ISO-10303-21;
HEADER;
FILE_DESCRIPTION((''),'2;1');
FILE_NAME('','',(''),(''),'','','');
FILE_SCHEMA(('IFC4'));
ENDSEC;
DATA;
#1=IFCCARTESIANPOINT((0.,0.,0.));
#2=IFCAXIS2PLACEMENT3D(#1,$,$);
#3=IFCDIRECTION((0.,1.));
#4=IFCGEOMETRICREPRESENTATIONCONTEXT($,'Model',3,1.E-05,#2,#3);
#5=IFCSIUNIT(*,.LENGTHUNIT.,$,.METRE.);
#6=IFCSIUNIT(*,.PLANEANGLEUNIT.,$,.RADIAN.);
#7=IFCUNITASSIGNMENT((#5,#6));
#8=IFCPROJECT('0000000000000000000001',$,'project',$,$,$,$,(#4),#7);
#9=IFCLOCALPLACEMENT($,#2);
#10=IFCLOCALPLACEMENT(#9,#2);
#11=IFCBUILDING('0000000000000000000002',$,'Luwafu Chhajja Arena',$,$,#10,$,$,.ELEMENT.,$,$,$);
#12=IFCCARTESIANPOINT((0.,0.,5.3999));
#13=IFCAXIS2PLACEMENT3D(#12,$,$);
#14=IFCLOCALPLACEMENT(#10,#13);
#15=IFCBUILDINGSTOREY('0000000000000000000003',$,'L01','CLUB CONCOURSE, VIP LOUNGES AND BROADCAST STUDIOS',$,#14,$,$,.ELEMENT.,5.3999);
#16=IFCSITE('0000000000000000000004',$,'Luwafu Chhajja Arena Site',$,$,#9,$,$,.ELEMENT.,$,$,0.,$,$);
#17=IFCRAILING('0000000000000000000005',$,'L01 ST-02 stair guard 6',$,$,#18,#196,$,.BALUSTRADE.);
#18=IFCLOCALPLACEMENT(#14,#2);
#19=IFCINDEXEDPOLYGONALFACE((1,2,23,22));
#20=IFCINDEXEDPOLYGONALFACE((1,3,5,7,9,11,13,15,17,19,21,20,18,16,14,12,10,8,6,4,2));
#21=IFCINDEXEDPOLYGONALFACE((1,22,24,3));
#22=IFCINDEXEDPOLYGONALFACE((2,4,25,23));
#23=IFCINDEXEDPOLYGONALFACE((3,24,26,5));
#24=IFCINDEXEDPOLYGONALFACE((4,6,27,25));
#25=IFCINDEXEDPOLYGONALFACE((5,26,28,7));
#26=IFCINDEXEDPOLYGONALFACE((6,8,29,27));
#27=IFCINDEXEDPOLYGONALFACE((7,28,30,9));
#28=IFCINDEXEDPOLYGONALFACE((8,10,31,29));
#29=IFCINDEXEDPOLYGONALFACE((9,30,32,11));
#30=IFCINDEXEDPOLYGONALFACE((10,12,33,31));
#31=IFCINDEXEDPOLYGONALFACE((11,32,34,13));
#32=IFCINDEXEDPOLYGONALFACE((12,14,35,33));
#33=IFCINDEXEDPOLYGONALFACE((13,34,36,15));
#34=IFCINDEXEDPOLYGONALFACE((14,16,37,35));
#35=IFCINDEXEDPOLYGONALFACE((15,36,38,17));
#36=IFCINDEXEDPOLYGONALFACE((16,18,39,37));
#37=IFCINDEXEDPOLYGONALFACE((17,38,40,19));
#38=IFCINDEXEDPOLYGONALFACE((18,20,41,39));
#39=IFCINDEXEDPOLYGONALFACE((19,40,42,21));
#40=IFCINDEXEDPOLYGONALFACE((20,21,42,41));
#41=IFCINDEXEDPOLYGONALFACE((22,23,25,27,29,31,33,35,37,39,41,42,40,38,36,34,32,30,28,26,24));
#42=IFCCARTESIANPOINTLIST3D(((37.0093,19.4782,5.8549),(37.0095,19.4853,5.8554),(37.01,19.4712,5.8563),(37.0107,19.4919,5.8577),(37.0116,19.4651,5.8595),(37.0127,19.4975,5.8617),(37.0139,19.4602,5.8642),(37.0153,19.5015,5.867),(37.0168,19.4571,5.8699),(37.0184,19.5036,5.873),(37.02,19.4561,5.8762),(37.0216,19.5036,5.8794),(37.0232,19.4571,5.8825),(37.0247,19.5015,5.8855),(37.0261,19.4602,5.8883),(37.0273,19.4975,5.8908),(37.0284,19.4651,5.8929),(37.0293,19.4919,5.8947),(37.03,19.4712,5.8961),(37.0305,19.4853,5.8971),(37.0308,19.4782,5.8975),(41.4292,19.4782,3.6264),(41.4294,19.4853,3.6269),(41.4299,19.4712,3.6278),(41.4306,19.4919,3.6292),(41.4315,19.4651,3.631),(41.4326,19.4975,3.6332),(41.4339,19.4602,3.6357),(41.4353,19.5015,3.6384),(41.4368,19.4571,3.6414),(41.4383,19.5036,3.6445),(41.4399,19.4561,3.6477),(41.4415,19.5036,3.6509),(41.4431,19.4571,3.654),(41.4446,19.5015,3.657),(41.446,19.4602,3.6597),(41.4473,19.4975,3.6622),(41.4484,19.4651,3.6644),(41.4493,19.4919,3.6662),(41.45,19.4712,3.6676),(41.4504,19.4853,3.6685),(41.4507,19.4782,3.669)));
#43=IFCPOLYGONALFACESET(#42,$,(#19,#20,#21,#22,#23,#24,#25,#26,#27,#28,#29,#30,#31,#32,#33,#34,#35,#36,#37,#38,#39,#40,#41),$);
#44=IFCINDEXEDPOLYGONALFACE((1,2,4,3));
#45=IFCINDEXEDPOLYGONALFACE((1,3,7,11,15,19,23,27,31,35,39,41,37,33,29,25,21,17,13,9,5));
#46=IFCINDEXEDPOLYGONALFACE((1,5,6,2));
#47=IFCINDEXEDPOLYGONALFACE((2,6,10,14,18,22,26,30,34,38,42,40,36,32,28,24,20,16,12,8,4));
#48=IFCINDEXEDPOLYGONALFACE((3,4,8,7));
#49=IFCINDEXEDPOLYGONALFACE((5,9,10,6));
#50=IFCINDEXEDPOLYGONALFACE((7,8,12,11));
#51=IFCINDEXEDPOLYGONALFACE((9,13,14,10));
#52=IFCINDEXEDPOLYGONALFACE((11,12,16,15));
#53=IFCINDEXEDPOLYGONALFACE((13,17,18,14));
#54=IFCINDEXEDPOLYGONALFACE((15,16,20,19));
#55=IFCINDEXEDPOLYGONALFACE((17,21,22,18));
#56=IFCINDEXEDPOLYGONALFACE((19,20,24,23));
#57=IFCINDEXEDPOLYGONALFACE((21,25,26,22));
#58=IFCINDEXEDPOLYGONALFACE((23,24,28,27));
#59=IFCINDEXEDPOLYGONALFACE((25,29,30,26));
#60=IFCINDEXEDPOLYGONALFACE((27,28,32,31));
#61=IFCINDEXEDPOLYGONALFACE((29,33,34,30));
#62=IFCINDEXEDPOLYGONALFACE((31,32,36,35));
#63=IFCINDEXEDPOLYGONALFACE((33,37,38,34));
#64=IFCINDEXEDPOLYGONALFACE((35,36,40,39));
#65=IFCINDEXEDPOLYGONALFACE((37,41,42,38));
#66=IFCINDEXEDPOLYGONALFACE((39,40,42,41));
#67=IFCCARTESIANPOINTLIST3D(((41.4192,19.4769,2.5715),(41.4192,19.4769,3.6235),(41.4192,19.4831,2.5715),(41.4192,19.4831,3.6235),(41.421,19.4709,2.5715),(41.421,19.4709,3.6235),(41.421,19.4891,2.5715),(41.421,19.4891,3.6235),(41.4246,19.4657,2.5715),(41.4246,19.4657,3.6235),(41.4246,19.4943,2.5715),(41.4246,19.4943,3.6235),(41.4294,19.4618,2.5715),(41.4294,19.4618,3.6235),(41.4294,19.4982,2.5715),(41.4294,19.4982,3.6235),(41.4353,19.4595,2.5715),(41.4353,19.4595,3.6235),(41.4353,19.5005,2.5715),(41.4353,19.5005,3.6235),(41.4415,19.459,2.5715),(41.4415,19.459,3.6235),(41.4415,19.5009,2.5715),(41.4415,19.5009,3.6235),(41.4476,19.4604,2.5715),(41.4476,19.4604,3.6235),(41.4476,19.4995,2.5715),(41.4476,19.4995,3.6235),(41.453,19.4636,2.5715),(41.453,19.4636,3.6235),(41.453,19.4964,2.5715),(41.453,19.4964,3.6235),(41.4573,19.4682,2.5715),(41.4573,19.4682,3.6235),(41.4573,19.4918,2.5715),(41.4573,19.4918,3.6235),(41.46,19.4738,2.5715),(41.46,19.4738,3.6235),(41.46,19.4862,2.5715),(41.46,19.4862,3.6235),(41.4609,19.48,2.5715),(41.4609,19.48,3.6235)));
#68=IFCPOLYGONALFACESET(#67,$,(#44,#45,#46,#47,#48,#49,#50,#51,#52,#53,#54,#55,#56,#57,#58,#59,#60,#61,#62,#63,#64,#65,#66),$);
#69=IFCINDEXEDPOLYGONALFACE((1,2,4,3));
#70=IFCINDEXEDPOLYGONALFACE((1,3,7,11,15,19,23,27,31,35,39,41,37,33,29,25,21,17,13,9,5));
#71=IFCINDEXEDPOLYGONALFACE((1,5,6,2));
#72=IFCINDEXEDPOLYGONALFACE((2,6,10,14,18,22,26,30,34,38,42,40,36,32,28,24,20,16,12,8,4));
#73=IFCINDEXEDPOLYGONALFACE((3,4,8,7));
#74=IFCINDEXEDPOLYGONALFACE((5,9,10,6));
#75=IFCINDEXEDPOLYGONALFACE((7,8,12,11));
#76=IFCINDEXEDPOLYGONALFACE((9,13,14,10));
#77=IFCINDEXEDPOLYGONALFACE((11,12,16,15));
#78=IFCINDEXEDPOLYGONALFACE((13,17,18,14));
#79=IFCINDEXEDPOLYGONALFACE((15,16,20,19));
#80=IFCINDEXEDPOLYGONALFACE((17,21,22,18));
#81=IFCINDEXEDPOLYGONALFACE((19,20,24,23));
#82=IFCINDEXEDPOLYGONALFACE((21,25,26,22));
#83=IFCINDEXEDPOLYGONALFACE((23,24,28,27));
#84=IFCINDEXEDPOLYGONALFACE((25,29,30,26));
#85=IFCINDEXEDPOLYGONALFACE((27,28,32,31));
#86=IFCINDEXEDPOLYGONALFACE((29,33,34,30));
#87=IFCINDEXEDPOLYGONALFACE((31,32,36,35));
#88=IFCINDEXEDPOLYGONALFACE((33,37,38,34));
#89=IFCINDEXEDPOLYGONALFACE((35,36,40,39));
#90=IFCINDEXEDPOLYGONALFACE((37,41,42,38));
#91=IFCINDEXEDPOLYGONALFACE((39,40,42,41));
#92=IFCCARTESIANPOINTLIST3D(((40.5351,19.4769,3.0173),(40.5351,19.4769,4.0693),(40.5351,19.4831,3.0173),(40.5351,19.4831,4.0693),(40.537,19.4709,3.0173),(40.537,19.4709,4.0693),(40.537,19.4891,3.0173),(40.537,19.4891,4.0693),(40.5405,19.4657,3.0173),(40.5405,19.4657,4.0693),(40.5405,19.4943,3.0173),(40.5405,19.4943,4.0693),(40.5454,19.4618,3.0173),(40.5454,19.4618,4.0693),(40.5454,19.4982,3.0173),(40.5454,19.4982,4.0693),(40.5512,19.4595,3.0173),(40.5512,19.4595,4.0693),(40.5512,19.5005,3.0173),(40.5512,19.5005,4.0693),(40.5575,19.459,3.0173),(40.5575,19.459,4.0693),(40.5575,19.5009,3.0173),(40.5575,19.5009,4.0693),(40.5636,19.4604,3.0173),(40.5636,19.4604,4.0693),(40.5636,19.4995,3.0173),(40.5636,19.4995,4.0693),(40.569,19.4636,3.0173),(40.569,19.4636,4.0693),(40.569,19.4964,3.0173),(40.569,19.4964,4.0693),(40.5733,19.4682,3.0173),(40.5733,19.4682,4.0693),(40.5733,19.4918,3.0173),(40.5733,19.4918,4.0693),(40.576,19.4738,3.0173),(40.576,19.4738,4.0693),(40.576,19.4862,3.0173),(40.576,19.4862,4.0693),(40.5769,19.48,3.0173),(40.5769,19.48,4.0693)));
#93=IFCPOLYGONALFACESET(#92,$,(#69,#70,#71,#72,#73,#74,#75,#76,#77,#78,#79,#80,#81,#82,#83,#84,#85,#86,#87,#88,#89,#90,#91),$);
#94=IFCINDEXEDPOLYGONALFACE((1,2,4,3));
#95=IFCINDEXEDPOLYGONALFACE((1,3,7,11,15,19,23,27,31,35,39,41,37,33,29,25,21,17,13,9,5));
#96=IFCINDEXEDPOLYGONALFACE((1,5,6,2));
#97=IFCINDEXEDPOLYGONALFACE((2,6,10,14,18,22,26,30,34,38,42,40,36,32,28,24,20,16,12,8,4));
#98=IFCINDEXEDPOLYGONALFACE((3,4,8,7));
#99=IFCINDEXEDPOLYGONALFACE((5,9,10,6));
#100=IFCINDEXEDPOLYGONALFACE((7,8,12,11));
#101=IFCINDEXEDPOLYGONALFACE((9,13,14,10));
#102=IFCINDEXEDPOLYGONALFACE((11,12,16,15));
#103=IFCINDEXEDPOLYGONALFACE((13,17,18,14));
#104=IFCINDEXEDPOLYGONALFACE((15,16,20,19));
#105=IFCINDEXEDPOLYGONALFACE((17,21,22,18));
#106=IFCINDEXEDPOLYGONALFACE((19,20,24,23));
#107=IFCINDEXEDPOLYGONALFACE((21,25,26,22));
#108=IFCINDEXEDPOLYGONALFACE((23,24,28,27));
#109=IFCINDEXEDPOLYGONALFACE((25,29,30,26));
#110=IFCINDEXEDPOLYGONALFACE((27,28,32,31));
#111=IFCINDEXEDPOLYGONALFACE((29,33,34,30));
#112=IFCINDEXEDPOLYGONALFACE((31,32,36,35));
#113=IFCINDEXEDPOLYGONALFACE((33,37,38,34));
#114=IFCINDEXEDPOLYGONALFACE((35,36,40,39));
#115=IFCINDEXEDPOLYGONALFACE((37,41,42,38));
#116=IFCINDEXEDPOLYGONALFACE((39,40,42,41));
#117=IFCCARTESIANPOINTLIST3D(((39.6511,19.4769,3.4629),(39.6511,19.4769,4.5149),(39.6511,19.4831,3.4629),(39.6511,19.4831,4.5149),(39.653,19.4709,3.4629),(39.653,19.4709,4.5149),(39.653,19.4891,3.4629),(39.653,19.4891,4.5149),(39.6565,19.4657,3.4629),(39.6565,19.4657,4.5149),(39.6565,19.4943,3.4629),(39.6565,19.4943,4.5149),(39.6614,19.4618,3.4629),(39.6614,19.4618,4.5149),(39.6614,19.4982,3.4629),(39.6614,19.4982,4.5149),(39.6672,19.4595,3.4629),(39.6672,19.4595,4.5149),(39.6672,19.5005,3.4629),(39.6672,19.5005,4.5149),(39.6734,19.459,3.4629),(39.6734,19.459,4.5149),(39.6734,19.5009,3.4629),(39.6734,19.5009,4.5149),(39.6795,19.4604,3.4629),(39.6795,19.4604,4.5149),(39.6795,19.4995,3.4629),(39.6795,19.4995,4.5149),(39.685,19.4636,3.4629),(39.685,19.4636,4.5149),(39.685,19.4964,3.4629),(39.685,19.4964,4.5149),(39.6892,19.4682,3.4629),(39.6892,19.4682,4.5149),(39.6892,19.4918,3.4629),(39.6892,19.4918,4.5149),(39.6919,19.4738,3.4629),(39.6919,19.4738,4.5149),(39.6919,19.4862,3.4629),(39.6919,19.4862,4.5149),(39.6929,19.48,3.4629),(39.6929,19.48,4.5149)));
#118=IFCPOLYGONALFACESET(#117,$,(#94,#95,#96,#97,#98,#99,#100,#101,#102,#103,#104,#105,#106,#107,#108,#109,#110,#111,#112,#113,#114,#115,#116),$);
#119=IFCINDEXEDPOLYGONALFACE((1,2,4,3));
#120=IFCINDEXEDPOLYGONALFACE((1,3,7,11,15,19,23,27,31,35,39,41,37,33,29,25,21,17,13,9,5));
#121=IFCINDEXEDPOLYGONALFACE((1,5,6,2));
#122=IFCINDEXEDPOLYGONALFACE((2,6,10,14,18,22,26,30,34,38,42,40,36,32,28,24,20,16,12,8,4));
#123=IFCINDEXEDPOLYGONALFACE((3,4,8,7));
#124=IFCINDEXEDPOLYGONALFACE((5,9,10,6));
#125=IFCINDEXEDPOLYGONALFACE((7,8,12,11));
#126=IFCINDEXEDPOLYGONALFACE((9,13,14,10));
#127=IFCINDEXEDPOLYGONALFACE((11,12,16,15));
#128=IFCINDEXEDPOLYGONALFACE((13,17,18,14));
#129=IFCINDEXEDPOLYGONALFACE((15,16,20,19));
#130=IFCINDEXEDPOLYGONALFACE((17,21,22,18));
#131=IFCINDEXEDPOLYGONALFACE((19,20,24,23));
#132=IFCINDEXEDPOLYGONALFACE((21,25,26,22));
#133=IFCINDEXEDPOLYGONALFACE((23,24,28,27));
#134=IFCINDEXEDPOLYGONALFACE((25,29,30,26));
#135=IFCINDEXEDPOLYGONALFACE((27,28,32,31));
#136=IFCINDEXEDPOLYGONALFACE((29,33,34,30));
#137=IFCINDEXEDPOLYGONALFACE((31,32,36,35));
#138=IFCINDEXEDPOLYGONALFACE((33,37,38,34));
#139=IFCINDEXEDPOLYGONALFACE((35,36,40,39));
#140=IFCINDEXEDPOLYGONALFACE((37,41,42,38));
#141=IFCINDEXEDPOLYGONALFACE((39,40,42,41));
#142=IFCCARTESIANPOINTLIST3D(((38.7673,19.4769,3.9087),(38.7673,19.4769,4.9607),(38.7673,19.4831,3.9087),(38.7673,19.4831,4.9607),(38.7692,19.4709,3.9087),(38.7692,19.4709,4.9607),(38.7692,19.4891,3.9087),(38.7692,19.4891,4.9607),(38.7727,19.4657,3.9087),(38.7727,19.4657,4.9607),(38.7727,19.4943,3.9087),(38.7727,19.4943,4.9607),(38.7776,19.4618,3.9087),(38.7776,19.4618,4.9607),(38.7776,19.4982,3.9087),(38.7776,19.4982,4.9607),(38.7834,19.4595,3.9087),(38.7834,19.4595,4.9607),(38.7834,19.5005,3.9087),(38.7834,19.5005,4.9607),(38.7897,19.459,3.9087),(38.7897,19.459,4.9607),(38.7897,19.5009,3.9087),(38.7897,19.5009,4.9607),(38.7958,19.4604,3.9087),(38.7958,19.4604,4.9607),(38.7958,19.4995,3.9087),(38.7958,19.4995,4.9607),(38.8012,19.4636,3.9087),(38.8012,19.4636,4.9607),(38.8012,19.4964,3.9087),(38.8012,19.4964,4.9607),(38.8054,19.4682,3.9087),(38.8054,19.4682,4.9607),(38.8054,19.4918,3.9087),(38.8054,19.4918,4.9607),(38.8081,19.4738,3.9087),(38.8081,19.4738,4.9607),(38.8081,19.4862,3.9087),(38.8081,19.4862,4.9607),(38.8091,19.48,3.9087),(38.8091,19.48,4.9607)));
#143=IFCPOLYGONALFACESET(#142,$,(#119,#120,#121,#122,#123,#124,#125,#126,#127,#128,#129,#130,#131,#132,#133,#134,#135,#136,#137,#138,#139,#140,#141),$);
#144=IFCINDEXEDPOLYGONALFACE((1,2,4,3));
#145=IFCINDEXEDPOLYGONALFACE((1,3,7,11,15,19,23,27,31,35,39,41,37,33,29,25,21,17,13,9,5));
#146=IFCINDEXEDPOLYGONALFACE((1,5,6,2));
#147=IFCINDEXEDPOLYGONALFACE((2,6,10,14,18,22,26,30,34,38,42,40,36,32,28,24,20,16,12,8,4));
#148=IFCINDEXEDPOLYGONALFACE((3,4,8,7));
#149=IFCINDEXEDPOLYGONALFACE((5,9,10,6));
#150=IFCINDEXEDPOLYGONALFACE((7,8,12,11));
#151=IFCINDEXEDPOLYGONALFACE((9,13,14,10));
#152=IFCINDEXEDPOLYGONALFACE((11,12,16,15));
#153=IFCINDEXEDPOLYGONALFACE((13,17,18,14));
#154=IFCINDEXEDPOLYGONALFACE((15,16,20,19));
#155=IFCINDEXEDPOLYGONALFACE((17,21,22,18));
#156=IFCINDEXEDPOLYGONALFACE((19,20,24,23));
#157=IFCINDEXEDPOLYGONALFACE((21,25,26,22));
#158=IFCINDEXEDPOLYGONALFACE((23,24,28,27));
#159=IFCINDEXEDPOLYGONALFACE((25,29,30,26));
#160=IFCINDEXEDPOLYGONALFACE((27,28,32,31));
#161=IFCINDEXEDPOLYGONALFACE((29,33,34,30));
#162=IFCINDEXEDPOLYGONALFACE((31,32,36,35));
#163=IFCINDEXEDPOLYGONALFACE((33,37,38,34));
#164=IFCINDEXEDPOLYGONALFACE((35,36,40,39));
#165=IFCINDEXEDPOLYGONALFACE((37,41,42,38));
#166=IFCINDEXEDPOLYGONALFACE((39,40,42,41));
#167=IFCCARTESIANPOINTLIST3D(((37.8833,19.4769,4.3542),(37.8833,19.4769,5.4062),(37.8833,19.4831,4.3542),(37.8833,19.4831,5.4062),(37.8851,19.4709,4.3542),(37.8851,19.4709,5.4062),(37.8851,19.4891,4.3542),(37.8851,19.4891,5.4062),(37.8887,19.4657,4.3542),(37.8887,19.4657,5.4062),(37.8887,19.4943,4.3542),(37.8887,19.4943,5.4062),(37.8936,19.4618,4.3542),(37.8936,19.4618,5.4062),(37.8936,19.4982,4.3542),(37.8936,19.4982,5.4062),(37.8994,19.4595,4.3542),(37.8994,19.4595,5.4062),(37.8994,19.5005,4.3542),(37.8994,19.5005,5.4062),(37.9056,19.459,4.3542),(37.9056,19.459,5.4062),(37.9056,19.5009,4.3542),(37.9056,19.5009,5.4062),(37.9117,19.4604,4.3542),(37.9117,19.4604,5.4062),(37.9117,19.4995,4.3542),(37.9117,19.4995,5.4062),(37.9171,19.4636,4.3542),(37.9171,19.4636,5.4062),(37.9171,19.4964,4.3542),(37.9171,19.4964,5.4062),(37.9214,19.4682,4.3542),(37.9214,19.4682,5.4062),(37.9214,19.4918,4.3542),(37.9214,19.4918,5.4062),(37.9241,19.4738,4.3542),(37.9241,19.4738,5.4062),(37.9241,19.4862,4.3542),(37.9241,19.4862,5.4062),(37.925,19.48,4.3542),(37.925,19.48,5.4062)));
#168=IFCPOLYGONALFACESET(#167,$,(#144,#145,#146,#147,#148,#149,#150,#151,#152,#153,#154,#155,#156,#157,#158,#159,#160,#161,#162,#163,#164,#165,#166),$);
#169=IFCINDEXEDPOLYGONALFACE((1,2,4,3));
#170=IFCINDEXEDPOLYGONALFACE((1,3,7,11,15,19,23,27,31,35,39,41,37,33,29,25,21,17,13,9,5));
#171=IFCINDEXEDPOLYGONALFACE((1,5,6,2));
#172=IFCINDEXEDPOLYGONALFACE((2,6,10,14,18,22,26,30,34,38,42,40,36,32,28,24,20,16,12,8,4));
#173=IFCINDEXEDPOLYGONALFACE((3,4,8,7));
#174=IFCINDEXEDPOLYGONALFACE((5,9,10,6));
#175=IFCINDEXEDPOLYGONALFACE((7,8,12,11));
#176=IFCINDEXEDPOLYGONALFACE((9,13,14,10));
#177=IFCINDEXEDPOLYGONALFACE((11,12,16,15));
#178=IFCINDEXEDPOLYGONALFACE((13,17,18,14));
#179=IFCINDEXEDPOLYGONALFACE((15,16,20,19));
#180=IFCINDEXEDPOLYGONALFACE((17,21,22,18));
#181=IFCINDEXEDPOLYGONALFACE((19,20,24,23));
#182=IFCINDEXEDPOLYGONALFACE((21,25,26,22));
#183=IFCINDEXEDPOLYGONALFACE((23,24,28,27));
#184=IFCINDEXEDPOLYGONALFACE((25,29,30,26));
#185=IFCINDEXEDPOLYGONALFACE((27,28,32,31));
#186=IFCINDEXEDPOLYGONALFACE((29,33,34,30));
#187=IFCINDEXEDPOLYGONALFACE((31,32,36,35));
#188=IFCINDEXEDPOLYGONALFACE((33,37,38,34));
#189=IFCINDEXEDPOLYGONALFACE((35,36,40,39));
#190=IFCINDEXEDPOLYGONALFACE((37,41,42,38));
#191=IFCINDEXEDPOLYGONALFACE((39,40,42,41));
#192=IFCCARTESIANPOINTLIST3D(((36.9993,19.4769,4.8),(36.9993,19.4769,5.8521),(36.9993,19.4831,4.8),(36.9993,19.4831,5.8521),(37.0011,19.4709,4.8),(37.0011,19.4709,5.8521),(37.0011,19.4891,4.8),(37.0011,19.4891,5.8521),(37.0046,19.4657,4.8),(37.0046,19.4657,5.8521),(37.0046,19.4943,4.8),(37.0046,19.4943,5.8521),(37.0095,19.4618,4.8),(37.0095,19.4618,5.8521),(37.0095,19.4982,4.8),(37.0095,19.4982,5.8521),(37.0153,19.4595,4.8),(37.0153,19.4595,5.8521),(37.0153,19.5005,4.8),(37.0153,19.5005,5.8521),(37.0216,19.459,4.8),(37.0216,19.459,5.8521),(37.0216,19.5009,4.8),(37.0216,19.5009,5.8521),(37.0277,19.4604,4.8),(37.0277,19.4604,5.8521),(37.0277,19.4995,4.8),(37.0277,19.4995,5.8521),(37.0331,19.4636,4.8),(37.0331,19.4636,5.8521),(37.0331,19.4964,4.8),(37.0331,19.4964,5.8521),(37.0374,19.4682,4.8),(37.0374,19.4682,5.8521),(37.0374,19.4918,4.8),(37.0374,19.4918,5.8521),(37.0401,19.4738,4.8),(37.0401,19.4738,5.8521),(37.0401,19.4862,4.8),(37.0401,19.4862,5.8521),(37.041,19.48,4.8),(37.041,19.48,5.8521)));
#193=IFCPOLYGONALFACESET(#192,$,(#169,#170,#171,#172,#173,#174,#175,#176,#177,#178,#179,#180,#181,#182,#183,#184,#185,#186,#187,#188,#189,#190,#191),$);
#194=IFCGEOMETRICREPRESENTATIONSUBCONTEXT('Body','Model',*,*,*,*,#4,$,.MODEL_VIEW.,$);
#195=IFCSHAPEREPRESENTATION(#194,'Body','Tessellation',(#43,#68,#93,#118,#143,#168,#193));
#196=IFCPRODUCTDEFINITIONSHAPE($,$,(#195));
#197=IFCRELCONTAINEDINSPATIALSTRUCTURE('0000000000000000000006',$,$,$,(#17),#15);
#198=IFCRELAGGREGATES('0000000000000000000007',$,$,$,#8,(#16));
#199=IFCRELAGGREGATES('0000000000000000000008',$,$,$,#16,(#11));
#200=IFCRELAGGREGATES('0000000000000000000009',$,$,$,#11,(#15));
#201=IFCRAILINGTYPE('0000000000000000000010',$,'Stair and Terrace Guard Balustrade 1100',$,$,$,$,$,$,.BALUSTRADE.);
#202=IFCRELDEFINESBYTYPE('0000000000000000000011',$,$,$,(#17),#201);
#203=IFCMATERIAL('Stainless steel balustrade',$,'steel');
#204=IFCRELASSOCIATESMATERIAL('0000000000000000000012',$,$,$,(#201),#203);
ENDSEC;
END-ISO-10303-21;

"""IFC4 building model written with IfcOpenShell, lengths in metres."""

from ifc_helpers import new_model, si_unit, direction, frame, origin, origin_2d, place, context, subcontext, project, spatial, circle, extrude, material, type_object, element, save


model = new_model("IFC4")

# Units and contexts
model_context = context("Model", 3, precision=1e-05, world=origin(), true_north=direction((0.0, 1.0)))
body_context = subcontext(model_context, "Body", "Model", "MODEL_VIEW")
ifc_project = project(units=[si_unit("LENGTHUNIT", "METRE"), si_unit("PLANEANGLEUNIT", "RADIAN")], contexts=[model_context])

# Site, building, storey
site_placement = place(None, origin())
site = spatial("IfcSite", under=ifc_project, at=site_placement, Name="Luwafu Chhajja Arena Site", CompositionType="ELEMENT", RefElevation=0.0)
building_placement = place(site_placement, origin())
building = spatial("IfcBuilding", under=site, at=building_placement, Name="Luwafu Chhajja Arena", CompositionType="ELEMENT")
storey_placement = place(building_placement, frame((0.0, 0.0, 5.3999)))
storey = spatial("IfcBuildingStorey", under=building, at=storey_placement, Name="L01", Description="CLUB CONCOURSE, VIP LOUNGES AND BROADCAST STUDIOS", CompositionType="ELEMENT", Elevation=5.3999)

# Railing
ifc_material_1 = material(Name="Stainless steel balustrade", Category="steel")
railing_type_1 = type_object("IfcRailingType", Name="Stair and Terrace Guard Balustrade 1100", PredefinedType="BALUSTRADE", material=ifc_material_1)
railing_1_placement = place(storey_placement, frame((41.4399, 19.48, 2.5715)))
element("IfcRailing", 1, at=railing_1_placement, inside=storey, type_object=railing_type_1, Name="L01 ST-02 stair guard 6", PredefinedType="BALUSTRADE", context=body_context, shape_type="SweptSolid", body=[
    extrude(circle(Radius=0.0239, at=origin_2d()), frame((0.0, 0.0, 1.0762), z_axis=(-0.892923, 0.0, 0.45021), x_axis=(0.0, -1.0, 0.0)), (0.0, 0.0, 1.0), 4.95),
    extrude(circle(Radius=0.021, at=origin_2d()), origin(), (0.0, 0.0, 1.0), 1.052),
    extrude(circle(Radius=0.021, at=origin_2d()), frame((-0.884, 0.0, 0.4458)), (0.0, 0.0, 1.0), 1.052),
    extrude(circle(Radius=0.021, at=origin_2d()), frame((-1.7681, 0.0, 0.8914)), (0.0, 0.0, 1.0), 1.052),
    extrude(circle(Radius=0.021, at=origin_2d()), frame((-2.6519, 0.0, 1.3372)), (0.0, 0.0, 1.0), 1.052),
    extrude(circle(Radius=0.021, at=origin_2d()), frame((-3.5359, 0.0, 1.7827)), (0.0, 0.0, 1.0), 1.052),
    extrude(circle(Radius=0.021, at=origin_2d()), frame((-4.4199, 0.0, 2.2285)), (0.0, 0.0, 1.0), 1.052),
])

save(model, "model.ifc")
